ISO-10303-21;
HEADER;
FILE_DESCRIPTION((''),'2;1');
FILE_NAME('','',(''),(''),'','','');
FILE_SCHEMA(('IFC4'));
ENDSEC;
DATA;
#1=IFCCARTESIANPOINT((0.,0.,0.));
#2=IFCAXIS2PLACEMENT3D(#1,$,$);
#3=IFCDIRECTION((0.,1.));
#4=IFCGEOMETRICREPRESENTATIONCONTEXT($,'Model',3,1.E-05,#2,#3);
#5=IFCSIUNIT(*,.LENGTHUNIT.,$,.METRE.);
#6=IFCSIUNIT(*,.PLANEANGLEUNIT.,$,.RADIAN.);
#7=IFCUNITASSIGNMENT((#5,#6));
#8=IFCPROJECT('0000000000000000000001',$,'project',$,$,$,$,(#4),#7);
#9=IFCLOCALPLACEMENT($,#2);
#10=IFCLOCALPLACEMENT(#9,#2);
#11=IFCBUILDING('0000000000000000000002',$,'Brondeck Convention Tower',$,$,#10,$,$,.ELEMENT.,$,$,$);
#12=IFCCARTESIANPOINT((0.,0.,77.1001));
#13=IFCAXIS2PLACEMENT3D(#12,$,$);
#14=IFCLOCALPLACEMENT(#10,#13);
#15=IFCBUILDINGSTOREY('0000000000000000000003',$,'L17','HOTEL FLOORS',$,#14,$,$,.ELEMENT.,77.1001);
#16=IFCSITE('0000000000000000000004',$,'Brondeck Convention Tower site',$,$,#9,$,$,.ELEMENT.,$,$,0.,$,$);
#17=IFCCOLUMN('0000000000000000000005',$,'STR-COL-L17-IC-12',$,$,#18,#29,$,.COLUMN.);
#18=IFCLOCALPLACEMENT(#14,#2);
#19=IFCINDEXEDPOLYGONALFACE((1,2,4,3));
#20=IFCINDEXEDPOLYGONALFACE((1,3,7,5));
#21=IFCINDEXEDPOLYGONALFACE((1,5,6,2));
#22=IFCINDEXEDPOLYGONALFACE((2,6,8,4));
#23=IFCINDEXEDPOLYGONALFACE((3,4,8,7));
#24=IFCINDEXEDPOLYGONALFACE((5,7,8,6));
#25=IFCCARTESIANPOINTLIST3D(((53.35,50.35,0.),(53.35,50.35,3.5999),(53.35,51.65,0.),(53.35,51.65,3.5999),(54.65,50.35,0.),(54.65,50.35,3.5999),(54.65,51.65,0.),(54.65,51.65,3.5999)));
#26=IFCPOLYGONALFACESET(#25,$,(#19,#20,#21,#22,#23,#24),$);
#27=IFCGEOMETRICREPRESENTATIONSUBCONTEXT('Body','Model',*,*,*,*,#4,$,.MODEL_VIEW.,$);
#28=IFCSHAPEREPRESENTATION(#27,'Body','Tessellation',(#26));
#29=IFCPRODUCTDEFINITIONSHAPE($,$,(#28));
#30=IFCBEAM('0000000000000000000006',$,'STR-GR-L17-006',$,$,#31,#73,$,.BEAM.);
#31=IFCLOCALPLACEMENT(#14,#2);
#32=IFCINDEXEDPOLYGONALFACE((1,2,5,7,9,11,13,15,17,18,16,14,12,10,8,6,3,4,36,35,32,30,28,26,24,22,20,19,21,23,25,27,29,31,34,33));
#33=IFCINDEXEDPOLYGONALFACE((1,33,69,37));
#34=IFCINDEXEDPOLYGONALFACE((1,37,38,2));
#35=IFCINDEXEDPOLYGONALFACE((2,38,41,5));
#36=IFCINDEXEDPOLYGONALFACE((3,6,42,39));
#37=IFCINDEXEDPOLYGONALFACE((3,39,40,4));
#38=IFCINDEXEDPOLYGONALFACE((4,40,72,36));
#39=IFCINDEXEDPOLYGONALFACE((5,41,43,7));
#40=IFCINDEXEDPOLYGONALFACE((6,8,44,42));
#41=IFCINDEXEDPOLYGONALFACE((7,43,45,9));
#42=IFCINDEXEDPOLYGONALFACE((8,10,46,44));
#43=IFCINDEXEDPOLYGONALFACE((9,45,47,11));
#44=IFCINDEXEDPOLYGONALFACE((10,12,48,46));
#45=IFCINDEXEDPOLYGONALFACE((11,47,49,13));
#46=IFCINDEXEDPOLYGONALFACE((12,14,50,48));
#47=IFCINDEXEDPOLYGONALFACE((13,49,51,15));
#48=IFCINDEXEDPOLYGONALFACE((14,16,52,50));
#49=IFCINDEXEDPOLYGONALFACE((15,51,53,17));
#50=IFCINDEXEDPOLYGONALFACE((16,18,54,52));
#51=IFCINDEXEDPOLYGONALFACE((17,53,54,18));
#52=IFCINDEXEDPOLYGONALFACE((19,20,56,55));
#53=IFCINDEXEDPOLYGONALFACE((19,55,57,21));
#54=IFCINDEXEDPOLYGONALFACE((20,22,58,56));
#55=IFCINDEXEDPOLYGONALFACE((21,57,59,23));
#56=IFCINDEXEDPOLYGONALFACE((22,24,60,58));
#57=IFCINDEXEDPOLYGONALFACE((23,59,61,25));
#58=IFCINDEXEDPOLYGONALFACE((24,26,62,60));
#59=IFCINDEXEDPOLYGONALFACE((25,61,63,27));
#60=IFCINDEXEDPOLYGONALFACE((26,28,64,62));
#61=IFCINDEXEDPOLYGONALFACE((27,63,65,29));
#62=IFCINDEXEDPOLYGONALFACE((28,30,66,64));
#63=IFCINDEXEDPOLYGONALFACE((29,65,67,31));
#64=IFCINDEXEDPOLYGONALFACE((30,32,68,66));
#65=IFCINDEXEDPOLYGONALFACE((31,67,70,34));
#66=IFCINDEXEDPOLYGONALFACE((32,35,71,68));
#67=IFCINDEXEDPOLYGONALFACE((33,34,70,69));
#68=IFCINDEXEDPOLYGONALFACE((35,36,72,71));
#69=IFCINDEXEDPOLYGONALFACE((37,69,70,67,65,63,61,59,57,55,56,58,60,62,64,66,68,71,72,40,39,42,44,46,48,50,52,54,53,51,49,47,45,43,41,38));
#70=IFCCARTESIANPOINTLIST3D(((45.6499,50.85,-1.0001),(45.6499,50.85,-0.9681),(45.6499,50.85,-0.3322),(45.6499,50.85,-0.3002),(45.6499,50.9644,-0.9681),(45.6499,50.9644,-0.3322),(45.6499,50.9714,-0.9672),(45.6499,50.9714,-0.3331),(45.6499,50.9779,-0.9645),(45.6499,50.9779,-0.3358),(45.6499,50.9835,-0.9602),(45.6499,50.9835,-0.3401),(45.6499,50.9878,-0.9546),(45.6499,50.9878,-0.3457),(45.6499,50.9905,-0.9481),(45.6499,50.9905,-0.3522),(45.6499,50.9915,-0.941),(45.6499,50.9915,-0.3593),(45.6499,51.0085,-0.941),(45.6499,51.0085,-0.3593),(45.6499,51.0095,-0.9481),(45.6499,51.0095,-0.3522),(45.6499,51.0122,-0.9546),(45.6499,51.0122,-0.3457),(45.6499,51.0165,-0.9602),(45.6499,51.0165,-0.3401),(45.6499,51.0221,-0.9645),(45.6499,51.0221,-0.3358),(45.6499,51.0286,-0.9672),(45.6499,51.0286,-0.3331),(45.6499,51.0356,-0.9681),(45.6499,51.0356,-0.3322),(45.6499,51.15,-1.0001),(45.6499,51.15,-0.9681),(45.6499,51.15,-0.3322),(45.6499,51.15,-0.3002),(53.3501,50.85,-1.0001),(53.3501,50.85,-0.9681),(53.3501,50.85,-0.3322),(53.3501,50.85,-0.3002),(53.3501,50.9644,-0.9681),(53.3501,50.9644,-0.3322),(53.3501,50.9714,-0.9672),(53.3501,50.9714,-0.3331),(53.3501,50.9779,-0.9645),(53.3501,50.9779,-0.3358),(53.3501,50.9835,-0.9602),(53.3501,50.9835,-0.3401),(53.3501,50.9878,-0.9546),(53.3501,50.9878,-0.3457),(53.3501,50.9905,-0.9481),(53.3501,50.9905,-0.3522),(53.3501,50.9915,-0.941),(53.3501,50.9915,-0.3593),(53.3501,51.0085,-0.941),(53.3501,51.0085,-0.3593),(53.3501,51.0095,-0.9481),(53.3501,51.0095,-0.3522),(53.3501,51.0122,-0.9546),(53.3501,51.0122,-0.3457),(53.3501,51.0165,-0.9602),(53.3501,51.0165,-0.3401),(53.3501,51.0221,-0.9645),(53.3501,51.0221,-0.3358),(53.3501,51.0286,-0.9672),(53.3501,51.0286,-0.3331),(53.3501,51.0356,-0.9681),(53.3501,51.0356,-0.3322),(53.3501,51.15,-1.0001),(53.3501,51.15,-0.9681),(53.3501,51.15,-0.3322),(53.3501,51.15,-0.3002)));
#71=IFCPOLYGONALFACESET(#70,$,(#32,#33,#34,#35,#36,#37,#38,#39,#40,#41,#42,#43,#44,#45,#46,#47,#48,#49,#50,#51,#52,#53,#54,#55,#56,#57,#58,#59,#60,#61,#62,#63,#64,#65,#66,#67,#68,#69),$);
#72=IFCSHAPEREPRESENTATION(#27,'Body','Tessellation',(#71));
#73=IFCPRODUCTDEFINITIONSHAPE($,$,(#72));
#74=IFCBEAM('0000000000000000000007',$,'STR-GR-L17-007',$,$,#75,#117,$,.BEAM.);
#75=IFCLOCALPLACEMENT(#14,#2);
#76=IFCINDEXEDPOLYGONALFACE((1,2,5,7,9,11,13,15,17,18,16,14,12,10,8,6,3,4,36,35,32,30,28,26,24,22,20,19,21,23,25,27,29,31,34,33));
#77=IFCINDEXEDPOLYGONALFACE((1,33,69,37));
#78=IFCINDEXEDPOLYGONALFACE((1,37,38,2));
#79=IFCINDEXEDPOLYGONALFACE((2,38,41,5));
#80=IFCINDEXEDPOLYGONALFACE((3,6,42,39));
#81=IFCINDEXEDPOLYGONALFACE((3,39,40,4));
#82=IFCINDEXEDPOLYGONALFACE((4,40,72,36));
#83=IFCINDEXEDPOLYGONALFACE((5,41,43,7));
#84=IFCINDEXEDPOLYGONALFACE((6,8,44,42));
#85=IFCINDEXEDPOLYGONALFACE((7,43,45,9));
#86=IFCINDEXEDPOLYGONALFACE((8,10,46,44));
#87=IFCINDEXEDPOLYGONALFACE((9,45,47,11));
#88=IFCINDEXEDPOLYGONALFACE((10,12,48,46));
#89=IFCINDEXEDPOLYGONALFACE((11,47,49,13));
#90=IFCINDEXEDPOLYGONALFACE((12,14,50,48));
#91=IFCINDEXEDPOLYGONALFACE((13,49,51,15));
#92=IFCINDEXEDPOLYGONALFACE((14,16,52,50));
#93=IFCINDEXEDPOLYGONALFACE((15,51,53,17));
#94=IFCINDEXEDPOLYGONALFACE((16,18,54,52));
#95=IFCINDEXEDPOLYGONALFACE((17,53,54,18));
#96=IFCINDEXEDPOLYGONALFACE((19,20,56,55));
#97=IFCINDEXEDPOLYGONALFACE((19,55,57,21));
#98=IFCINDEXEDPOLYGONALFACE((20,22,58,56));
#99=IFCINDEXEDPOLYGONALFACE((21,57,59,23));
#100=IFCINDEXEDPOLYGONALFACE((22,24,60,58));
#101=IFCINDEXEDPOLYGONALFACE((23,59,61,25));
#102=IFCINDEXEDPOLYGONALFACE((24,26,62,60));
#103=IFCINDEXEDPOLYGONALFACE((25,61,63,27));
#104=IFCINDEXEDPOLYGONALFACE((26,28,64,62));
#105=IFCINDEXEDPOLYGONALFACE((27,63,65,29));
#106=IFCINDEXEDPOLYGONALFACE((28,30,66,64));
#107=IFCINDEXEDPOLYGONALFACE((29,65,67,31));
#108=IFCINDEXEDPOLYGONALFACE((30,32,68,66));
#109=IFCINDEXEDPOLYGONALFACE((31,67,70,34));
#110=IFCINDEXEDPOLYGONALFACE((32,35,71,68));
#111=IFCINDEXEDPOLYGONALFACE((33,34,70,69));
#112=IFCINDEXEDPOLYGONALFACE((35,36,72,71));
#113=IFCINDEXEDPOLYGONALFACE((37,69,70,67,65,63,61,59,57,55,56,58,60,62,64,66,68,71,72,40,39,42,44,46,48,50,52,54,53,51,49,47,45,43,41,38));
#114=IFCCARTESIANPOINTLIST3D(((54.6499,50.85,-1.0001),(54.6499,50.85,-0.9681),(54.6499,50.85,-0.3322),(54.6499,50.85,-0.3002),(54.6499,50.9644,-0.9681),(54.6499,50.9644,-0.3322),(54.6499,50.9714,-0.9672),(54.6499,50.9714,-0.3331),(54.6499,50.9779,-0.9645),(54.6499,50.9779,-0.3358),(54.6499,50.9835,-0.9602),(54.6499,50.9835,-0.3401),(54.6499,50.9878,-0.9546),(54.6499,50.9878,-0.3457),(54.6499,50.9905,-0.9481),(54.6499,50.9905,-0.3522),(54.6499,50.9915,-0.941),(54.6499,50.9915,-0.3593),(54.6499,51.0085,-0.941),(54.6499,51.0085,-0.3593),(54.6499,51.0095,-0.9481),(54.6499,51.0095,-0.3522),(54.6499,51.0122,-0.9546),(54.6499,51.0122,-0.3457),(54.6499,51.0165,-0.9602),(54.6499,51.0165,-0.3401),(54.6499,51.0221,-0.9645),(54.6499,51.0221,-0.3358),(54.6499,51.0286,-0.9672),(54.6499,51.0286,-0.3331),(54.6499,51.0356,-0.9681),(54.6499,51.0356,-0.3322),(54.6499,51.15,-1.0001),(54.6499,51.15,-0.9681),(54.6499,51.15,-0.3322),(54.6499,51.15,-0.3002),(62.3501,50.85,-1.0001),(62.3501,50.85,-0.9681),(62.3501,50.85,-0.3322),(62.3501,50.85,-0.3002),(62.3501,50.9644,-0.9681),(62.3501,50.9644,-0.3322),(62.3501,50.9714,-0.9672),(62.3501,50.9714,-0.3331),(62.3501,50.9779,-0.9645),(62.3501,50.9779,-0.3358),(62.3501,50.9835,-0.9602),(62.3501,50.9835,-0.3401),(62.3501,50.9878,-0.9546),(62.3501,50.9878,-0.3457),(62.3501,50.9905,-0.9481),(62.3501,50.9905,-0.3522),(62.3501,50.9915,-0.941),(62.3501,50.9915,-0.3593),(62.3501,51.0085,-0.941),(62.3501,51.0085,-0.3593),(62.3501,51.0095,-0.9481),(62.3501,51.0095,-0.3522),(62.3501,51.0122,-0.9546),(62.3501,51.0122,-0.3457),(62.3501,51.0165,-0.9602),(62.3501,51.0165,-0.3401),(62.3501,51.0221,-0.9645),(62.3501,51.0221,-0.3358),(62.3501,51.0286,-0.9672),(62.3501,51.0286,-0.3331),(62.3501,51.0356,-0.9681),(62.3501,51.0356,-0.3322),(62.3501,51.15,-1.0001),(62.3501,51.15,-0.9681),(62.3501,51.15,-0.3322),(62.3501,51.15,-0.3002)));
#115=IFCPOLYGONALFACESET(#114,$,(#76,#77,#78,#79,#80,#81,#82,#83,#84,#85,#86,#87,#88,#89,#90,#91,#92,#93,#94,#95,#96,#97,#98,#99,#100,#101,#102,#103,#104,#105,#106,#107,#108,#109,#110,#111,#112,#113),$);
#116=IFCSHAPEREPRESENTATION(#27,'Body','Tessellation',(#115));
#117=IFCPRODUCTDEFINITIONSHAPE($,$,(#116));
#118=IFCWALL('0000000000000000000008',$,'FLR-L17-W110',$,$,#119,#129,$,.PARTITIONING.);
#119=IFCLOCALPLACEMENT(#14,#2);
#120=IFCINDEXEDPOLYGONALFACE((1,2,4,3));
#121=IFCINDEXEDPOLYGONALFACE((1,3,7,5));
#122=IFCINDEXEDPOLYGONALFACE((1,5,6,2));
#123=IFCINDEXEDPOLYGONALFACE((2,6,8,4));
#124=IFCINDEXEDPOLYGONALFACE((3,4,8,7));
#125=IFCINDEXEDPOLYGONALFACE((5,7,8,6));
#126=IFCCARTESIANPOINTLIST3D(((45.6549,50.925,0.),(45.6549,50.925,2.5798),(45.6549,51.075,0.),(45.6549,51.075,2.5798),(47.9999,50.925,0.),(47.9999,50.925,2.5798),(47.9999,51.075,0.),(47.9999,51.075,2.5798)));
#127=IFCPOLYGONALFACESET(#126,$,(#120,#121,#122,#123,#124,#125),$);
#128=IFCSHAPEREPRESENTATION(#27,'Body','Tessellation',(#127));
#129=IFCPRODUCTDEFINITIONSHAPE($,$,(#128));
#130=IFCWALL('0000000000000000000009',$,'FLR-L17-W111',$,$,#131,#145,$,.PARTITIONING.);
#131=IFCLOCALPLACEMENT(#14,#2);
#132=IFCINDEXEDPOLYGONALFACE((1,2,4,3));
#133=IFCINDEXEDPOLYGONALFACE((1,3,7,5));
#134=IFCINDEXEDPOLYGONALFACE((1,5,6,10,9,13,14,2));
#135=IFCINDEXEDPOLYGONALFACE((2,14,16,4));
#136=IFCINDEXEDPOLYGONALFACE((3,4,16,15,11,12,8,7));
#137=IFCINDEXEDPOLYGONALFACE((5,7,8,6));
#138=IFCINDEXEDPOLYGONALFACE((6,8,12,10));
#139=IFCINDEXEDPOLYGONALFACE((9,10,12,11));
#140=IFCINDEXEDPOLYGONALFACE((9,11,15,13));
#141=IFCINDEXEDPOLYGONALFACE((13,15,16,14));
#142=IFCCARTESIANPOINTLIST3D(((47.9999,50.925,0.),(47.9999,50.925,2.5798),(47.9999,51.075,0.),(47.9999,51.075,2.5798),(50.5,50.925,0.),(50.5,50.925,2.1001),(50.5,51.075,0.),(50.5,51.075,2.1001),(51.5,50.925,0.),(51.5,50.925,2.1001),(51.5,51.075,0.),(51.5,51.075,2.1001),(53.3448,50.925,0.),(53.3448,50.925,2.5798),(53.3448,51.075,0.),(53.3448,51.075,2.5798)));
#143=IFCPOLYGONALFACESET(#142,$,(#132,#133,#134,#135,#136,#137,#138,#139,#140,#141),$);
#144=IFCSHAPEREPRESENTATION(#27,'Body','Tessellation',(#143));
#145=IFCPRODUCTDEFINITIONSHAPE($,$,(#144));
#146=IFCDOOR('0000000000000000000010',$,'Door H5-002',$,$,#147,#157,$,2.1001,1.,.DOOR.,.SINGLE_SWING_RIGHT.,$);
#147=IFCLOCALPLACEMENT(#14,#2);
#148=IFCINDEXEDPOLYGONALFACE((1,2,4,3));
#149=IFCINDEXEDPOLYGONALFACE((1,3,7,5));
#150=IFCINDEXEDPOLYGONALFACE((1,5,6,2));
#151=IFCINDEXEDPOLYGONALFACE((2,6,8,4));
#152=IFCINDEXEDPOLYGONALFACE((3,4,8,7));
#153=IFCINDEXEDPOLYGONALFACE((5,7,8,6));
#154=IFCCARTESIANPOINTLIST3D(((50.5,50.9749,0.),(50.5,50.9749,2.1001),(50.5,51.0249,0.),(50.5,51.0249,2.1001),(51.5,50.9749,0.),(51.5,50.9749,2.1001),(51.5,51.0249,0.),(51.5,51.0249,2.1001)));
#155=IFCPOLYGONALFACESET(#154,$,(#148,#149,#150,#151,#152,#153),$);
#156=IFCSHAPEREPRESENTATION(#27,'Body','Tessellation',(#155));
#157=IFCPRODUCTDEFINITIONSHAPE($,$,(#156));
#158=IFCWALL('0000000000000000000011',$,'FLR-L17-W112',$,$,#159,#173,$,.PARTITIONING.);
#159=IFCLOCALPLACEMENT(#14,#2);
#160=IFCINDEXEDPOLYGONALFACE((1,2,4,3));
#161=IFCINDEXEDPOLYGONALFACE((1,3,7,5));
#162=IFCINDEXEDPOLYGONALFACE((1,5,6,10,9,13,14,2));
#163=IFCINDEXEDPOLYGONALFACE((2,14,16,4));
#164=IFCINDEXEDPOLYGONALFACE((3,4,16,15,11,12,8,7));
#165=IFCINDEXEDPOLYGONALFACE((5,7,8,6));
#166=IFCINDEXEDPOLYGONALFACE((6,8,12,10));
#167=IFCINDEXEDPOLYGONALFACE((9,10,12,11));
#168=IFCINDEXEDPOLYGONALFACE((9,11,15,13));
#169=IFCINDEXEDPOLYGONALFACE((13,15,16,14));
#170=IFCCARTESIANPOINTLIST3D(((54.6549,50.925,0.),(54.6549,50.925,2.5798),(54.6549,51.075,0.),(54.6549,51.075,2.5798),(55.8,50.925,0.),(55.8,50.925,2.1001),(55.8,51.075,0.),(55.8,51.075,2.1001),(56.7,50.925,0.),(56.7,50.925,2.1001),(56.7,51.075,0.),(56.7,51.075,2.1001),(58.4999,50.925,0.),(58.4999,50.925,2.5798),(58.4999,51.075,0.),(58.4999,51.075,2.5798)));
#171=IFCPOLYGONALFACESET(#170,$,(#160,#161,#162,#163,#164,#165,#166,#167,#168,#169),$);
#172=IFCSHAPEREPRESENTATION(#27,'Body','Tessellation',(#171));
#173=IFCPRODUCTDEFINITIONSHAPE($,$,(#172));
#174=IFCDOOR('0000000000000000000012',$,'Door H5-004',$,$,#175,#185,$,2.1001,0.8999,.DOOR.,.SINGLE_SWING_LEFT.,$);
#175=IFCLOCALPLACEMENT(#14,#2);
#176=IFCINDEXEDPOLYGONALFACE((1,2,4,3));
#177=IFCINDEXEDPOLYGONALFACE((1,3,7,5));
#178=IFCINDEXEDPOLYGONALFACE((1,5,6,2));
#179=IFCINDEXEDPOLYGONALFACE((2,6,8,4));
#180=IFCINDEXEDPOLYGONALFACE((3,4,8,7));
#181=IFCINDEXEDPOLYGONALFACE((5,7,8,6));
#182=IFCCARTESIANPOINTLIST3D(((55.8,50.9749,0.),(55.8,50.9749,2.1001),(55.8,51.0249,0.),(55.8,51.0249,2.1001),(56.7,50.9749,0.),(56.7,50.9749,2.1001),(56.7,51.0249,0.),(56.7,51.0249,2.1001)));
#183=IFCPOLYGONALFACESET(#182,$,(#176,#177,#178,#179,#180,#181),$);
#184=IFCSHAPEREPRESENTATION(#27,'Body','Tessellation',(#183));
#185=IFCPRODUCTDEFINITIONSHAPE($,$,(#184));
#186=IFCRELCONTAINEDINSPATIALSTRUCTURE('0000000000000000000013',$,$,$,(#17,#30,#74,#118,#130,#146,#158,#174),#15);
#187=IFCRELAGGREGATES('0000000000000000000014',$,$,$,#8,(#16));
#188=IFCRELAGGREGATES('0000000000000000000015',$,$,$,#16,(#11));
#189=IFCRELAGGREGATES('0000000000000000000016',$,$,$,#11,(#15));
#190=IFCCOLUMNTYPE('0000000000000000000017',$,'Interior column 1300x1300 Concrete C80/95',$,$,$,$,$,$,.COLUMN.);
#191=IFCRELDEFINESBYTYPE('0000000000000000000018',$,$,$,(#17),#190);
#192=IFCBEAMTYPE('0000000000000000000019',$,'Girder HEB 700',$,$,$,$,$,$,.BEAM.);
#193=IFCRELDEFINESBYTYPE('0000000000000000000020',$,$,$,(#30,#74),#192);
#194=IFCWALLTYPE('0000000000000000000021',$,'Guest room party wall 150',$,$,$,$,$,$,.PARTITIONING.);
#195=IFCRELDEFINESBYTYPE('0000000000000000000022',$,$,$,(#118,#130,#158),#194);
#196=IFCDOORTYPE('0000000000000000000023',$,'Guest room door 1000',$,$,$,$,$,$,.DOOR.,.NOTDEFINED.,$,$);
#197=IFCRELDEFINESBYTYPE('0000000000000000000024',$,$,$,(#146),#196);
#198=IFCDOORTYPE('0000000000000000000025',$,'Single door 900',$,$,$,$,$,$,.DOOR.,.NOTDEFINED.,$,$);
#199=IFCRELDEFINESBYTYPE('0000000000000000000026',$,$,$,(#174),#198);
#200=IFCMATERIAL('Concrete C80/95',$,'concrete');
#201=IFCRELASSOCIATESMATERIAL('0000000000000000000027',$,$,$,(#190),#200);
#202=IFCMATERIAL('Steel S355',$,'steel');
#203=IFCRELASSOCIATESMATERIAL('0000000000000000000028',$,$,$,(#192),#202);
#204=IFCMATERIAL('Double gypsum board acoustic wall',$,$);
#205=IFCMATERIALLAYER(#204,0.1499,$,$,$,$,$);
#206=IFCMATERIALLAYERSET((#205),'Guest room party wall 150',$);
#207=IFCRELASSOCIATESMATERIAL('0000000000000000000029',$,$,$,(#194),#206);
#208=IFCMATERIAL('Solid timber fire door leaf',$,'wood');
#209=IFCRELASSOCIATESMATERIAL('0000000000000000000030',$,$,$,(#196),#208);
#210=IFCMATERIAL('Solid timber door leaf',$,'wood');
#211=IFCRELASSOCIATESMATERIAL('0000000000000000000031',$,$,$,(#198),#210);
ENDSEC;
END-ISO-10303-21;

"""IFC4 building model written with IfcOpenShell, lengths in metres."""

from ifc_helpers import new_model, si_unit, direction, frame, frame_2d, origin, origin_2d, place, context, subcontext, project, spatial, rectangle, i_section, extrude, material, layer, layer_set, material_profile, profile_set, type_object, element, fill, save


model = new_model("IFC4")

# Units and contexts
model_context = context("Model", 3, precision=1e-05, world=origin(), true_north=direction((0.0, 1.0)))
body_context = subcontext(model_context, "Body", "Model", "MODEL_VIEW")
ifc_project = project(units=[si_unit("LENGTHUNIT", "METRE"), si_unit("PLANEANGLEUNIT", "RADIAN")], contexts=[model_context])

# Site, building, storey
site_placement = place(None, origin())
site = spatial("IfcSite", under=ifc_project, at=site_placement, Name="Brondeck Convention Tower site", CompositionType="ELEMENT", RefElevation=0.0)
building_placement = place(site_placement, origin())
building = spatial("IfcBuilding", under=site, at=building_placement, Name="Brondeck Convention Tower", CompositionType="ELEMENT")
storey_placement = place(building_placement, frame((0.0, 0.0, 77.1001)))
storey = spatial("IfcBuildingStorey", under=building, at=storey_placement, Name="L17", Description="HOTEL FLOORS", CompositionType="ELEMENT", Elevation=77.1001)

# Column
ifc_material_1 = material(Name="Concrete C80/95", Category="concrete")
ifc_material_profile_1 = material_profile(ifc_material_1, rectangle(XDim=1.3, YDim=1.3, at=origin_2d()), Name="Interior column 1300x1300 Concrete C80/95")
ifc_profile_set_1 = profile_set([ifc_material_profile_1], Name="Concrete C80/95")
column_type = type_object("IfcColumnType", Name="Interior column 1300x1300 Concrete C80/95", PredefinedType="COLUMN", material=ifc_profile_set_1)
column_placement = place(storey_placement, frame((54.0, 51.0, 0.0), z_axis=(0.0, 0.0, 1.0), x_axis=(1.0, 0.0, 0.0)))
element("IfcColumn", 1, at=column_placement, inside=storey, type_object=column_type, Name="STR-COL-L17-IC-12", PredefinedType="COLUMN", context=body_context, shape_type="SweptSolid", body=[
    extrude(rectangle(XDim=1.3, YDim=1.3, at=origin_2d()), origin(), (0.0, 0.0, 1.0), 3.5999),
])

# Beams
ifc_material_2 = material(Name="Steel S355", Category="steel")
ifc_material_profile_2 = material_profile(ifc_material_2, i_section(OverallWidth=0.3, OverallDepth=0.7, WebThickness=0.0171, FlangeThickness=0.032, FilletRadius=0.0271, at=origin_2d()), Name="HEB 700")
ifc_profile_set_2 = profile_set([ifc_material_profile_2], Name="Steel S355")
beam_type = type_object("IfcBeamType", Name="Girder HEB 700", PredefinedType="BEAM", material=ifc_profile_set_2)
for number, where, z_axis, x_axis, name in (
    (2, (45.6499, 51.0, -0.6501), (1.0, 0.0, 0.0), (0.0, 1.0, 0.0), "STR-GR-L17-006"),
    (3, (54.6499, 51.0, -0.6501), (1.0, 0.0, 0.0), (0.0, 1.0, 0.0), "STR-GR-L17-007"),
):
    element("IfcBeam", number, at=place(storey_placement, frame(where, z_axis=z_axis, x_axis=x_axis)), inside=storey, type_object=beam_type, Name=name, PredefinedType="BEAM", context=body_context, shape_type="SweptSolid", body=[
        extrude(i_section(OverallWidth=0.3, OverallDepth=0.7, WebThickness=0.0171, FlangeThickness=0.032, FilletRadius=0.0271, at=origin_2d()), origin(), (0.0, 0.0, 1.0), 7.7002),
    ])

# Wall
ifc_material_3 = material(Name="Double gypsum board acoustic wall")
ifc_layer_1 = layer(ifc_material_3, 0.1499)
ifc_layer_set_1 = layer_set([ifc_layer_1], Name="Guest room party wall 150")
wall_type_1 = type_object("IfcWallType", Name="Guest room party wall 150", PredefinedType="PARTITIONING", material=ifc_layer_set_1)
wall_1_placement = place(storey_placement, frame((45.655, 51.0, 0.0), z_axis=(0.0, 0.0, 1.0), x_axis=(1.0, 0.0, 0.0)))
element("IfcWall", 4, at=wall_1_placement, inside=storey, type_object=wall_type_1, Name="FLR-L17-W110", PredefinedType="PARTITIONING", context=body_context, shape_type="SweptSolid", body=[
    extrude(rectangle(XDim=2.345, YDim=0.1499, at=frame_2d((1.1724, 0.0))), origin(), (0.0, 0.0, 1.0), 2.5798),
])

# Walls, openings, doors
wall_2_placement = place(storey_placement, frame((48.0, 51.0, 0.0), z_axis=(0.0, 0.0, 1.0), x_axis=(1.0, 0.0, 0.0)))
wall_2 = element("IfcWall", 5, at=wall_2_placement, inside=storey, type_object=wall_type_1, Name="FLR-L17-W111", PredefinedType="PARTITIONING", context=body_context, shape_type="SweptSolid", body=[
    extrude(rectangle(XDim=5.345, YDim=0.1499, at=frame_2d((2.6724, 0.0))), origin(), (0.0, 0.0, 1.0), 2.5798),
])
opening_1_placement = place(wall_2_placement, frame((2.5, 0.0, 0.0)))
opening_1 = element("IfcOpeningElement", 6, at=opening_1_placement, cuts=wall_2, PredefinedType="OPENING", context=body_context, shape_type="SweptSolid", body=[
    extrude(rectangle(XDim=1.0, YDim=2.1001, at=frame_2d((0.5, 1.05))), frame((0.0, 0.085, 0.0), z_axis=(0.0, -1.0, 0.0), x_axis=(1.0, 0.0, 0.0)), (0.0, 0.0, 1.0), 0.1699),
])
ifc_material_4 = material(Name="Solid timber fire door leaf", Category="wood")
door_type_1 = type_object("IfcDoorType", Name="Guest room door 1000", OperationType="NOTDEFINED", PredefinedType="DOOR", material=ifc_material_4)
door_1_placement = place(opening_1_placement, origin())
door_1 = element("IfcDoor", 7, at=door_1_placement, inside=storey, type_object=door_type_1, Name="Door H5-002", OperationType="SINGLE_SWING_RIGHT", OverallHeight=2.1001, OverallWidth=1.0, PredefinedType="DOOR", context=body_context, shape_type="SweptSolid", body=[
    extrude(rectangle(XDim=1.0, YDim=2.1001, at=frame_2d((0.5, 1.05))), frame((0.0, 0.0249, 0.0), z_axis=(0.0, -1.0, 0.0), x_axis=(1.0, 0.0, 0.0)), (0.0, 0.0, 1.0), 0.05),
])
fill(opening_1, door_1)
wall_3_placement = place(storey_placement, frame((54.655, 51.0, 0.0), z_axis=(0.0, 0.0, 1.0), x_axis=(1.0, 0.0, 0.0)))
wall_3 = element("IfcWall", 8, at=wall_3_placement, inside=storey, type_object=wall_type_1, Name="FLR-L17-W112", PredefinedType="PARTITIONING", context=body_context, shape_type="SweptSolid", body=[
    extrude(rectangle(XDim=3.845, YDim=0.1499, at=frame_2d((1.9224, 0.0))), origin(), (0.0, 0.0, 1.0), 2.5798),
])
opening_2_placement = place(wall_3_placement, frame((1.145, 0.0, 0.0)))
opening_2 = element("IfcOpeningElement", 9, at=opening_2_placement, cuts=wall_3, PredefinedType="OPENING", context=body_context, shape_type="SweptSolid", body=[
    extrude(rectangle(XDim=0.8999, YDim=2.1001, at=frame_2d((0.45, 1.05))), frame((0.0, 0.085, 0.0), z_axis=(0.0, -1.0, 0.0), x_axis=(1.0, 0.0, 0.0)), (0.0, 0.0, 1.0), 0.1699),
])
ifc_material_5 = material(Name="Solid timber door leaf", Category="wood")
door_type_2 = type_object("IfcDoorType", Name="Single door 900", OperationType="NOTDEFINED", PredefinedType="DOOR", material=ifc_material_5)
door_2_placement = place(opening_2_placement, origin())
door_2 = element("IfcDoor", 10, at=door_2_placement, inside=storey, type_object=door_type_2, Name="Door H5-004", OperationType="SINGLE_SWING_LEFT", OverallHeight=2.1001, OverallWidth=0.8999, PredefinedType="DOOR", context=body_context, shape_type="SweptSolid", body=[
    extrude(rectangle(XDim=0.8999, YDim=2.1001, at=frame_2d((0.45, 1.05))), frame((0.0, 0.0249, 0.0), z_axis=(0.0, -1.0, 0.0), x_axis=(1.0, 0.0, 0.0)), (0.0, 0.0, 1.0), 0.05),
])
fill(opening_2, door_2)

save(model, "model.ifc")
